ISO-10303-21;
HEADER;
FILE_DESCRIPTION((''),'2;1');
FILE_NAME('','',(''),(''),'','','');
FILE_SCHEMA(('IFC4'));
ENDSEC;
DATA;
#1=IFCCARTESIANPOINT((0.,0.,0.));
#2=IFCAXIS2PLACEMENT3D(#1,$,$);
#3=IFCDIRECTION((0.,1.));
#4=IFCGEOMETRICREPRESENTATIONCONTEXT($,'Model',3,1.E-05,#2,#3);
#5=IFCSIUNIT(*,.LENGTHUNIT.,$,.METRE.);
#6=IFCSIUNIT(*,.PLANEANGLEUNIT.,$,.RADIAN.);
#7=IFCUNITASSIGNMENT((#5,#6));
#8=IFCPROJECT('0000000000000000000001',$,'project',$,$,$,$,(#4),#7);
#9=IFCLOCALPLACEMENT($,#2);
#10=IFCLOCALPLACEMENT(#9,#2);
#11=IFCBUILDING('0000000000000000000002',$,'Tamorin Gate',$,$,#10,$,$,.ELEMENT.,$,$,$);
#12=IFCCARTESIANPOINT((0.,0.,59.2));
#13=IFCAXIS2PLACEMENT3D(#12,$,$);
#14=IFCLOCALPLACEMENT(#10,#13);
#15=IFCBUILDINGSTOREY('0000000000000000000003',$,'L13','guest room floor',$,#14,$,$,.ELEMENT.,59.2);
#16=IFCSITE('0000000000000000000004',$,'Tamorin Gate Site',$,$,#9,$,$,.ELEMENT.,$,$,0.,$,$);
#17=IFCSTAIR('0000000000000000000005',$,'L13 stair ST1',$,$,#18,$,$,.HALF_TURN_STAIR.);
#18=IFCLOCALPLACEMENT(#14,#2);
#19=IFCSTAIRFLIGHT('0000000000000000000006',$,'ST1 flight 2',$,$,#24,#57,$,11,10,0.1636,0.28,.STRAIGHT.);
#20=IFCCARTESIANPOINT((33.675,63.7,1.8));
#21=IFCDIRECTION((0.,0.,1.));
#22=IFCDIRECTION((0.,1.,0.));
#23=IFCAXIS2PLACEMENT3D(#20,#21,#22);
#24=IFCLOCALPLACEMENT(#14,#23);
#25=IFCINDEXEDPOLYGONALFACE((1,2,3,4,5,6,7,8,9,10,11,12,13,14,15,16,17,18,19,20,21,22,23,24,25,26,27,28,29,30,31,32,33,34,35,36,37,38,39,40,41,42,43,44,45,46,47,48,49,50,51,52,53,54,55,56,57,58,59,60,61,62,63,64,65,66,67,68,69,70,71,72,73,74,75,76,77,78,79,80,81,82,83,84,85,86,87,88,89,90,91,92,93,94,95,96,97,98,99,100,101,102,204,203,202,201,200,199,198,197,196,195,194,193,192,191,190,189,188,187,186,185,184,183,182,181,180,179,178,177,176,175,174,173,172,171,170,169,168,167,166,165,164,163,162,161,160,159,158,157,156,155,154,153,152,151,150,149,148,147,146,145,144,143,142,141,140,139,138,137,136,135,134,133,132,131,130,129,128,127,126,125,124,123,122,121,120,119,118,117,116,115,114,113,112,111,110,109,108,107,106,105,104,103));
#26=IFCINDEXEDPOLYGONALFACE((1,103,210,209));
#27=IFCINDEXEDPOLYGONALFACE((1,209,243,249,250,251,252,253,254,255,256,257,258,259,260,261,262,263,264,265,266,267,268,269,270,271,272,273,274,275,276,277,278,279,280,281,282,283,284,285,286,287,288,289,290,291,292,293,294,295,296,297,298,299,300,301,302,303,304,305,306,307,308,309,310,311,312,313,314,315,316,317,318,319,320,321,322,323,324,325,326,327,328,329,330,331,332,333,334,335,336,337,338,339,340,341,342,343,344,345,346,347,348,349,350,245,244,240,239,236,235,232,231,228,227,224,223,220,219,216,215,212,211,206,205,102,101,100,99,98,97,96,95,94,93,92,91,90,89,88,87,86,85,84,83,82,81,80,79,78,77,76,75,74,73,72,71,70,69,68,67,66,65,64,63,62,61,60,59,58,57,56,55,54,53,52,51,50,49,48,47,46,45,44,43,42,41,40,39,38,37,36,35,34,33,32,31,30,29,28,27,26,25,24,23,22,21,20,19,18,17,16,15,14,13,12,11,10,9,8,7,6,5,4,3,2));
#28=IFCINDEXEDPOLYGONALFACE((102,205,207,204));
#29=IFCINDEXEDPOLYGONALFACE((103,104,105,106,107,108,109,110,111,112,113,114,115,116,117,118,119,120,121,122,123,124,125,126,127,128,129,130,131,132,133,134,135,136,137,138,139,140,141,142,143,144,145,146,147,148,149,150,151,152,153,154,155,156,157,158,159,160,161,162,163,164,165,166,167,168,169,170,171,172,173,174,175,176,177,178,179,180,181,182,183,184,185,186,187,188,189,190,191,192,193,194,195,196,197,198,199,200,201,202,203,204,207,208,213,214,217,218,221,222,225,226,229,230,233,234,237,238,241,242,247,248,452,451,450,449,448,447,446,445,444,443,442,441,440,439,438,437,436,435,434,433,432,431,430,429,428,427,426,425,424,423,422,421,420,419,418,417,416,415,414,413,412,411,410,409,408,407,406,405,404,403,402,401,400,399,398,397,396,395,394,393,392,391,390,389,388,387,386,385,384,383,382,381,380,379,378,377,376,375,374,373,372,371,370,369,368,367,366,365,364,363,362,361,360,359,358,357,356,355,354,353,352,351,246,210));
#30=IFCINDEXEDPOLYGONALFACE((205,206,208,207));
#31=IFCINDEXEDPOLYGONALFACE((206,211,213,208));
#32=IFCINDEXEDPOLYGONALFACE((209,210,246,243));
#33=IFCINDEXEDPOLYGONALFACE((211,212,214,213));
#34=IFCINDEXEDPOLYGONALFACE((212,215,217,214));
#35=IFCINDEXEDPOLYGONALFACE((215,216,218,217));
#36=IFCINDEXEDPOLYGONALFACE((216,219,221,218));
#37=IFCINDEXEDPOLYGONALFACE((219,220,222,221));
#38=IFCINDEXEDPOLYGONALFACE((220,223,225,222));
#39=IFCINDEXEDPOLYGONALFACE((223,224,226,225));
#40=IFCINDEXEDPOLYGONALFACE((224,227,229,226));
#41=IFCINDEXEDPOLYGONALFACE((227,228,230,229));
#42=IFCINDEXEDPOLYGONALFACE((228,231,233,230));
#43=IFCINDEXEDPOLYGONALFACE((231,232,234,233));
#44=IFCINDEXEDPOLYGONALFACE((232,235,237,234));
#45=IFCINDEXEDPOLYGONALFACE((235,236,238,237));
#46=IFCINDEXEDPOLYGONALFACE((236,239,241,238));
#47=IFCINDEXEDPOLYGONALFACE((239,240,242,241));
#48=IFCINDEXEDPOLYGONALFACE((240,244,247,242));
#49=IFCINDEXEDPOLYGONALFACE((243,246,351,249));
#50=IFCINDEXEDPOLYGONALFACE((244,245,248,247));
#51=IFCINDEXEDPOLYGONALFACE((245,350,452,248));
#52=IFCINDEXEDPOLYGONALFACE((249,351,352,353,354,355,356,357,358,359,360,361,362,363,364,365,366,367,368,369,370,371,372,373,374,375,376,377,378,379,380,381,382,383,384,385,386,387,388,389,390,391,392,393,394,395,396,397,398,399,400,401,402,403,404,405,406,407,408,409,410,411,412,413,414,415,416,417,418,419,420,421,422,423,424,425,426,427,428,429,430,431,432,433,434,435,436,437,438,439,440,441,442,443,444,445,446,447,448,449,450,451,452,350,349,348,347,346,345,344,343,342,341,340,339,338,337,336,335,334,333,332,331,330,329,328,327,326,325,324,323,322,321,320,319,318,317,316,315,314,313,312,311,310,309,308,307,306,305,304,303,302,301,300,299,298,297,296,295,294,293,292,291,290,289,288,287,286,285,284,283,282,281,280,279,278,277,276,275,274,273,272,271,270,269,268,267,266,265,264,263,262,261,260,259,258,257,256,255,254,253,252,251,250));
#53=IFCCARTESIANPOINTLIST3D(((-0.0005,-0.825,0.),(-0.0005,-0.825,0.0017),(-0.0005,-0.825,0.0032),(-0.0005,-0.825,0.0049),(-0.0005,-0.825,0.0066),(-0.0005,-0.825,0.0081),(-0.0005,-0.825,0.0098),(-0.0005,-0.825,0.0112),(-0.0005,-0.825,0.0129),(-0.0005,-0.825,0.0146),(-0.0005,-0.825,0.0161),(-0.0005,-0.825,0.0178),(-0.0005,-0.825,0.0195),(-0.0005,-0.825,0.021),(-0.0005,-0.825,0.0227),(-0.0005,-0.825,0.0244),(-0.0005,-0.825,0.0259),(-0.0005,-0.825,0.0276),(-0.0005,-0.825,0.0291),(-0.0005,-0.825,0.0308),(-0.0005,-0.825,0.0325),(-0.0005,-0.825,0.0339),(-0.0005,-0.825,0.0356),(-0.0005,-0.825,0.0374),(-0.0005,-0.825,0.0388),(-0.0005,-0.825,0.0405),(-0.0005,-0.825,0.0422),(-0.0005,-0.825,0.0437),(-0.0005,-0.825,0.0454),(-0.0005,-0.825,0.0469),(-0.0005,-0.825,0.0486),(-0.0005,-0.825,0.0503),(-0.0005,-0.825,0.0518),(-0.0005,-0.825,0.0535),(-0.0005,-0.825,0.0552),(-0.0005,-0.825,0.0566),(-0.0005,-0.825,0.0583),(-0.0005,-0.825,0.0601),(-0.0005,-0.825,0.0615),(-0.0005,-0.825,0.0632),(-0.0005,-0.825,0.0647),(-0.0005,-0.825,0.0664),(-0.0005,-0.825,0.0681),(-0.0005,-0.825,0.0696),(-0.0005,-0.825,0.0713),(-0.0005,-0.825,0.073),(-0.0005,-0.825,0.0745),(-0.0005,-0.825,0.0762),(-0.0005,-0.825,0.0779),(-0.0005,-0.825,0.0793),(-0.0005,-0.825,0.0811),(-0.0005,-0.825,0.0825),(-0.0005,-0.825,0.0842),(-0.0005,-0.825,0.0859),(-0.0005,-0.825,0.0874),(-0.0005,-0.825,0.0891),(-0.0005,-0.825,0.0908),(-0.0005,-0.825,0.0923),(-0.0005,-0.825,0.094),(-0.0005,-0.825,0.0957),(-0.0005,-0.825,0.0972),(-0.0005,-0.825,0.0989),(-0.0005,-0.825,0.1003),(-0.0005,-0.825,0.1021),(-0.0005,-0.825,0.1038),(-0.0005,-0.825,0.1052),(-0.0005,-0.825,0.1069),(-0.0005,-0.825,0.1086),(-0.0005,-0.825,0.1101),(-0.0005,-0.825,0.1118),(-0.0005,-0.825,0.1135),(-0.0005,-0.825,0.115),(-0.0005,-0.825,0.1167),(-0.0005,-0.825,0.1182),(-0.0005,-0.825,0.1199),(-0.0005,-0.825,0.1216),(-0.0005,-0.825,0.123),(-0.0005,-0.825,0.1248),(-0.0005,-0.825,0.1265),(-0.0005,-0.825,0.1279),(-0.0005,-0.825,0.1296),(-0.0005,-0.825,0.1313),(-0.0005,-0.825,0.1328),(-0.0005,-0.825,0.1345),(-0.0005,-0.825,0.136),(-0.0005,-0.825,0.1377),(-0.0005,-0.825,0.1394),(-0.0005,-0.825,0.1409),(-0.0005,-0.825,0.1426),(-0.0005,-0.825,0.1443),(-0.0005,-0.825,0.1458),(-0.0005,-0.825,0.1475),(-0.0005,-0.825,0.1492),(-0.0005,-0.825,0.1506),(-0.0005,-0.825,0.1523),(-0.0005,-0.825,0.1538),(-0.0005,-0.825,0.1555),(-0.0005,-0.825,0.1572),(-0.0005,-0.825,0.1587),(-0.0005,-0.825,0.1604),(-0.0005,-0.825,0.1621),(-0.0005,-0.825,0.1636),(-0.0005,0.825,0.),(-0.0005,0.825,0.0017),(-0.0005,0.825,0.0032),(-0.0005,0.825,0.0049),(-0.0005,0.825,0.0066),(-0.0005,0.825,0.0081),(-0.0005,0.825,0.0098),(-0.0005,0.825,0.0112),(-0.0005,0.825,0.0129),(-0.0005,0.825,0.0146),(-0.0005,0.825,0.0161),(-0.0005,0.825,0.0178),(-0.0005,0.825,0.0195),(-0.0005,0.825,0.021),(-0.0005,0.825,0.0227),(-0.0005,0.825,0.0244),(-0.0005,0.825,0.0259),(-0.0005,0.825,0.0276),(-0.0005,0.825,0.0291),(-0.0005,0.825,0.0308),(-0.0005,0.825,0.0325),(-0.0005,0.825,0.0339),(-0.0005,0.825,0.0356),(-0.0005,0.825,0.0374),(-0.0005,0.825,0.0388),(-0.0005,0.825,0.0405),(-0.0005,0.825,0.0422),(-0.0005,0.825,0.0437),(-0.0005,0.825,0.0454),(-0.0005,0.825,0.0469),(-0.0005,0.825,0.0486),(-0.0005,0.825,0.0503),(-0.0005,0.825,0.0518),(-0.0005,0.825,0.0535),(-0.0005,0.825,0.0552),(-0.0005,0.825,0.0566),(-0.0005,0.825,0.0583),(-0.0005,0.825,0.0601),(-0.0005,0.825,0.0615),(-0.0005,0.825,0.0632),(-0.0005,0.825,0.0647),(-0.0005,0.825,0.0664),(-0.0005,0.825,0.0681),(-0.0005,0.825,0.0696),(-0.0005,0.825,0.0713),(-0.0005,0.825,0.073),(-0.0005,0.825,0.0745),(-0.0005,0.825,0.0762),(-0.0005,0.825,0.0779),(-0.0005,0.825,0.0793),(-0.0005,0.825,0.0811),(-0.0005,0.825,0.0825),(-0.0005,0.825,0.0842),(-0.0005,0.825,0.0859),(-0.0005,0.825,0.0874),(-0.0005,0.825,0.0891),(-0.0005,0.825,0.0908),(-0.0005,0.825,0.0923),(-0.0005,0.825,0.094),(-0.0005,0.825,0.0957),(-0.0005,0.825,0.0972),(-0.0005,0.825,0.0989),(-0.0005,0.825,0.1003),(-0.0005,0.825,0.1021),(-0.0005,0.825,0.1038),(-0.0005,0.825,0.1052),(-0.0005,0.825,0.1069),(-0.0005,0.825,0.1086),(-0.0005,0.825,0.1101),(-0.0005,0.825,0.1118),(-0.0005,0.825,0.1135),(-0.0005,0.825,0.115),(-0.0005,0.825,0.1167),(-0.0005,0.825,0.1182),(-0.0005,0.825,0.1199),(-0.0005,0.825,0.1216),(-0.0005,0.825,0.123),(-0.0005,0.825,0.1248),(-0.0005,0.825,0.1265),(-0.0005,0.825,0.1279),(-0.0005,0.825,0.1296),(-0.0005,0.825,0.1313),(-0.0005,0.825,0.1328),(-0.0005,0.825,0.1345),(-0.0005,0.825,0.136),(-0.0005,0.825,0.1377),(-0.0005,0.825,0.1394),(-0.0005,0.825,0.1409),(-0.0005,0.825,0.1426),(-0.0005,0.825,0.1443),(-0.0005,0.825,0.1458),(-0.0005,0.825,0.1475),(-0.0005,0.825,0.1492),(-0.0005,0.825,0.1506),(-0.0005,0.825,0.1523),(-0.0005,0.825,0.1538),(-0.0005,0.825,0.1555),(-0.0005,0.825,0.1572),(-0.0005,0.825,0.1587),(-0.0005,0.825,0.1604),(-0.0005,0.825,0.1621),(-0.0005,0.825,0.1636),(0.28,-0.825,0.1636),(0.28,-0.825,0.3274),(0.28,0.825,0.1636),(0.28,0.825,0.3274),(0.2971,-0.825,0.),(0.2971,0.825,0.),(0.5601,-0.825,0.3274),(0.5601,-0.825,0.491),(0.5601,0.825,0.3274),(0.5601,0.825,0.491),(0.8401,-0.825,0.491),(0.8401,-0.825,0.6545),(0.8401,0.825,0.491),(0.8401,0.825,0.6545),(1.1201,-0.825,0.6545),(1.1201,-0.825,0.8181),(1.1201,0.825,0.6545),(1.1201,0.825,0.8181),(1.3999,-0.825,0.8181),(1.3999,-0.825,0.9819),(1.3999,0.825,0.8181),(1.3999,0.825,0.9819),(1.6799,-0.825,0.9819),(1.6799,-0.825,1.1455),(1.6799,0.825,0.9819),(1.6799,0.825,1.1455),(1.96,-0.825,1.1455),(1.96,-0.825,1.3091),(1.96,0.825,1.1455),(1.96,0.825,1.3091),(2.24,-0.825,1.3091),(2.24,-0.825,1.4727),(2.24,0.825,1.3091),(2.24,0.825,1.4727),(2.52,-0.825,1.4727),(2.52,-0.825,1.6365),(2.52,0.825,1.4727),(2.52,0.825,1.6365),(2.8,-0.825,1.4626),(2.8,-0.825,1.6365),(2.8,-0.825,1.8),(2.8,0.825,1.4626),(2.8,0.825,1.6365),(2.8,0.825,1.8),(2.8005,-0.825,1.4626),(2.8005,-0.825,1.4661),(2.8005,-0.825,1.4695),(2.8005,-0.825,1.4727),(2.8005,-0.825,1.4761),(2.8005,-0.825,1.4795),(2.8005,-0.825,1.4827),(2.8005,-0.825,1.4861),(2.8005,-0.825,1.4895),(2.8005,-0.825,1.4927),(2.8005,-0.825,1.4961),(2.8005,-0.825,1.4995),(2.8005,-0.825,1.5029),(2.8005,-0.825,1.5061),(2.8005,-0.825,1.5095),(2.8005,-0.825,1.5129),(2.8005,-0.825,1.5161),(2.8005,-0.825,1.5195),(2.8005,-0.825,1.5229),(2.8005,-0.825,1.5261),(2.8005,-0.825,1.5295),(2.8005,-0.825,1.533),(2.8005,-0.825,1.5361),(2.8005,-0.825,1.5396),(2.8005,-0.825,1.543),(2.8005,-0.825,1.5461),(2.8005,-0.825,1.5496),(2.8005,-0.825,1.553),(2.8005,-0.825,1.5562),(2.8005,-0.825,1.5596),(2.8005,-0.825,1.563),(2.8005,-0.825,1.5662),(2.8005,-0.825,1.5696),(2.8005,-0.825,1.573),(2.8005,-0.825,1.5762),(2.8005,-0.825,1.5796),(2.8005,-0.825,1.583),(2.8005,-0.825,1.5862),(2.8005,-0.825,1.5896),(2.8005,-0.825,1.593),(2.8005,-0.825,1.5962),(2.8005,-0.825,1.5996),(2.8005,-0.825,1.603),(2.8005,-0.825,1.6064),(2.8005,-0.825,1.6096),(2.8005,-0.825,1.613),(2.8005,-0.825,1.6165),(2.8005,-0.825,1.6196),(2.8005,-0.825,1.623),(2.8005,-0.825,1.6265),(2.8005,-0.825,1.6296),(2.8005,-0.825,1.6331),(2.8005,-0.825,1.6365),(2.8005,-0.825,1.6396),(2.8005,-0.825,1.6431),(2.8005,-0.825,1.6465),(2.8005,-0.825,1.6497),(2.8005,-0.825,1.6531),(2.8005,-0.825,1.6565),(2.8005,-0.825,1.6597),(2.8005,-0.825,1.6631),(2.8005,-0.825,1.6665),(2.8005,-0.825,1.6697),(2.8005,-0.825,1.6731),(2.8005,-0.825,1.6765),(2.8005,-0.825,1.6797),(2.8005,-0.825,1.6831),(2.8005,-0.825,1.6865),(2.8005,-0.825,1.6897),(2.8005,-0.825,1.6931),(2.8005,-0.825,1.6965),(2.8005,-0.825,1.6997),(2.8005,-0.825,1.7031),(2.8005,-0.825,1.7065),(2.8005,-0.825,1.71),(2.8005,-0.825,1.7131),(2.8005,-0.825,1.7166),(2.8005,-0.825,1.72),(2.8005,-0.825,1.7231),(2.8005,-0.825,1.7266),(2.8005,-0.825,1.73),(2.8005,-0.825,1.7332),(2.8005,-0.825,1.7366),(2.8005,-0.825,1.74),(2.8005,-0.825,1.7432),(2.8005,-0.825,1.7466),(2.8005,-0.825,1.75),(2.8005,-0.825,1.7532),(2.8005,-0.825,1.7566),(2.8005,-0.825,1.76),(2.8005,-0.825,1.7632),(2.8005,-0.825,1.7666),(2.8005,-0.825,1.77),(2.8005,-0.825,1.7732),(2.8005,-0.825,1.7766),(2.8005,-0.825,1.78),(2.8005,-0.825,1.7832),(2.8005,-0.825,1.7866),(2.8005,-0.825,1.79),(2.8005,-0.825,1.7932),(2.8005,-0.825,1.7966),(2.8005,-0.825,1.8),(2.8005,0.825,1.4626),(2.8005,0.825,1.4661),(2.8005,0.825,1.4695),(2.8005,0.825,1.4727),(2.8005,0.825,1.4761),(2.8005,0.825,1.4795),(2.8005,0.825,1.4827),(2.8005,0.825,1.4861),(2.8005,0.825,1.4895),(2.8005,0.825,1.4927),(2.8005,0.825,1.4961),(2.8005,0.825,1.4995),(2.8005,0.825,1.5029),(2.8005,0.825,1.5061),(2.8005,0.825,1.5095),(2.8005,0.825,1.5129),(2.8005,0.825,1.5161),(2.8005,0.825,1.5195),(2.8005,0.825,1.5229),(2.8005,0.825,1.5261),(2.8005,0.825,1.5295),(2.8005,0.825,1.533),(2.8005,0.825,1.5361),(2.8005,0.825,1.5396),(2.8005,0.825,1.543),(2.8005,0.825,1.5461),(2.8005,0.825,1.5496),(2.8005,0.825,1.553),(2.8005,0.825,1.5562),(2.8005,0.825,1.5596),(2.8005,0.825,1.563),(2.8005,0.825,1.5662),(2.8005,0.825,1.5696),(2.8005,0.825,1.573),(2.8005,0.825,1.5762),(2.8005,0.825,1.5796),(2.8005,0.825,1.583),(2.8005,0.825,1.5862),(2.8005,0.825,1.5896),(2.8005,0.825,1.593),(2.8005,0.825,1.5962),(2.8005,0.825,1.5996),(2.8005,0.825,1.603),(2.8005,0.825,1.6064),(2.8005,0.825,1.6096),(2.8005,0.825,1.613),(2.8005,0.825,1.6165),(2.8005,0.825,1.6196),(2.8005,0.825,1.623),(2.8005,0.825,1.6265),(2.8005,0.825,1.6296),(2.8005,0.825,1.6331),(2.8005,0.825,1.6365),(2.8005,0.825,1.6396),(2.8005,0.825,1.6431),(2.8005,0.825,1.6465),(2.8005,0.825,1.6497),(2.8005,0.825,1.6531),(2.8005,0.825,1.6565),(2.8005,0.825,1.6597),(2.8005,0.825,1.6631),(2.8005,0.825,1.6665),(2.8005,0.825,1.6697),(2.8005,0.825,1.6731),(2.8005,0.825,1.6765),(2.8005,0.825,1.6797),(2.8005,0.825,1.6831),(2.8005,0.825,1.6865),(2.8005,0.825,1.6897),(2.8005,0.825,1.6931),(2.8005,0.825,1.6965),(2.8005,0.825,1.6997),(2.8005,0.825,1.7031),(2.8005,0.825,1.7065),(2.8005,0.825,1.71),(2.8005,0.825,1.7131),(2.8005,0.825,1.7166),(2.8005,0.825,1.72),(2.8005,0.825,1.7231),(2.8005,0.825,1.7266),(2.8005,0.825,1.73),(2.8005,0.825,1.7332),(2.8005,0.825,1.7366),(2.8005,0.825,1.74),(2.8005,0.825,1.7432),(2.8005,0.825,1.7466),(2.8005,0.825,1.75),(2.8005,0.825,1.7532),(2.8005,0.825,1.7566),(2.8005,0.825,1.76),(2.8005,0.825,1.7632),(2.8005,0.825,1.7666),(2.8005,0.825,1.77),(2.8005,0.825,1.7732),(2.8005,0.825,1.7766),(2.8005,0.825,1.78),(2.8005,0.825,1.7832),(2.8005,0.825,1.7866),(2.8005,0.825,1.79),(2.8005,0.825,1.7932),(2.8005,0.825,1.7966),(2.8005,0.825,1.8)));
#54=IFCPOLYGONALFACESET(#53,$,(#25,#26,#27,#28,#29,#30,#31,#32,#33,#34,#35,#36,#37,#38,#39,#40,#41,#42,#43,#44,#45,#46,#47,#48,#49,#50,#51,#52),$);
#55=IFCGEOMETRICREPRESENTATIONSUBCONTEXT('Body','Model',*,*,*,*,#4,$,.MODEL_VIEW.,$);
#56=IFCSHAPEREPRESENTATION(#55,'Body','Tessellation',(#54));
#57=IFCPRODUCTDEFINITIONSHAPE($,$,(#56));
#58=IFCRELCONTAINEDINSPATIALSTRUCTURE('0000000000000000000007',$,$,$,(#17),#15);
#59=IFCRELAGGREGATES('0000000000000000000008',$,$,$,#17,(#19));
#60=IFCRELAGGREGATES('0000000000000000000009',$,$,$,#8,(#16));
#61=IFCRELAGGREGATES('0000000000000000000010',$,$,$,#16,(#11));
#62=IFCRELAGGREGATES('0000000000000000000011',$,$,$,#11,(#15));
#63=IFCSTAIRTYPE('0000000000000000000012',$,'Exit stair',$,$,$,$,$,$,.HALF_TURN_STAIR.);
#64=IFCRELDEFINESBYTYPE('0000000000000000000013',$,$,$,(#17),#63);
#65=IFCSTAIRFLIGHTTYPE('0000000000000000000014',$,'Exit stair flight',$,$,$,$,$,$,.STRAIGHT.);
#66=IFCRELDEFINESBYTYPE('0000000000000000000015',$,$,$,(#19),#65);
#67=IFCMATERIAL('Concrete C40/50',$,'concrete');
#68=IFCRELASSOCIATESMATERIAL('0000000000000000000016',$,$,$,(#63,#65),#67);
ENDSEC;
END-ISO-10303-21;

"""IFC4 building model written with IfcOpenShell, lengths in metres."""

from ifc_helpers import new_model, si_unit, direction, frame, origin, place, context, subcontext, project, spatial, polyline, outline, extrude, material, type_object, element, aggregate, save


model = new_model("IFC4")

# Units and contexts
model_context = context("Model", 3, precision=1e-05, world=origin(), true_north=direction((0.0, 1.0)))
body_context = subcontext(model_context, "Body", "Model", "MODEL_VIEW")
ifc_project = project(units=[si_unit("LENGTHUNIT", "METRE"), si_unit("PLANEANGLEUNIT", "RADIAN")], contexts=[model_context])

# Site, building, storey
site_placement = place(None, origin())
site = spatial("IfcSite", under=ifc_project, at=site_placement, Name="Tamorin Gate Site", CompositionType="ELEMENT", RefElevation=0.0)
building_placement = place(site_placement, origin())
building = spatial("IfcBuilding", under=site, at=building_placement, Name="Tamorin Gate", CompositionType="ELEMENT")
storey_placement = place(building_placement, frame((0.0, 0.0, 59.2)))
storey = spatial("IfcBuildingStorey", under=building, at=storey_placement, Name="L13", Description="guest room floor", CompositionType="ELEMENT", Elevation=59.2)

# Shared definitions
ifc_material_1 = material(Name="Concrete C40/50", Category="concrete")

# Stair, stair flight
stair_type = type_object("IfcStairType", Name="Exit stair", PredefinedType="HALF_TURN_STAIR", material=ifc_material_1)
stair_placement = place(storey_placement, origin())
stair = element("IfcStair", 1, at=stair_placement, inside=storey, type_object=stair_type, Name="L13 stair ST1", PredefinedType="HALF_TURN_STAIR")
stair_flight_type = type_object("IfcStairFlightType", Name="Exit stair flight", PredefinedType="STRAIGHT", material=ifc_material_1)
stair_flight_1_placement = place(storey_placement, frame((33.675, 63.7, 1.8), z_axis=(0.0, 0.0, 1.0), x_axis=(0.0, 1.0, 0.0)))
stair_flight_1 = element("IfcStairFlight", 2, at=stair_flight_1_placement, type_object=stair_flight_type, Name="ST1 flight 2", NumberOfRisers=11, NumberOfTreads=10, PredefinedType="STRAIGHT", RiserHeight=0.1636, TreadLength=0.28, context=body_context, shape_type="SweptSolid", body=[
    extrude(outline(polyline([(-0.0005, 0.0), (-0.0005, 0.0017), (-0.0005, 0.0032), (-0.0005, 0.0049), (-0.0005, 0.0066), (-0.0005, 0.0081), (-0.0005, 0.0098), (-0.0005, 0.0112), (-0.0005, 0.0129), (-0.0005, 0.0146), (-0.0005, 0.0161), (-0.0005, 0.0178), (-0.0005, 0.0195), (-0.0005, 0.021), (-0.0005, 0.0227), (-0.0005, 0.0244), (-0.0005, 0.0259), (-0.0005, 0.0276), (-0.0005, 0.0291), (-0.0005, 0.0308), (-0.0005, 0.0325), (-0.0005, 0.0339), (-0.0005, 0.0356), (-0.0005, 0.0374), (-0.0005, 0.0388), (-0.0005, 0.0405), (-0.0005, 0.0422), (-0.0005, 0.0437), (-0.0005, 0.0454), (-0.0005, 0.0469), (-0.0005, 0.0486), (-0.0005, 0.0503), (-0.0005, 0.0518), (-0.0005, 0.0535), (-0.0005, 0.0552), (-0.0005, 0.0566), (-0.0005, 0.0583), (-0.0005, 0.0601), (-0.0005, 0.0615), (-0.0005, 0.0632), (-0.0005, 0.0647), (-0.0005, 0.0664), (-0.0005, 0.0681), (-0.0005, 0.0696), (-0.0005, 0.0713), (-0.0005, 0.073), (-0.0005, 0.0745), (-0.0005, 0.0762), (-0.0005, 0.0779), (-0.0005, 0.0793), (-0.0005, 0.0811), (-0.0005, 0.0825), (-0.0005, 0.0842), (-0.0005, 0.0859), (-0.0005, 0.0874), (-0.0005, 0.0891), (-0.0005, 0.0908), (-0.0005, 0.0923), (-0.0005, 0.094), (-0.0005, 0.0957), (-0.0005, 0.0972), (-0.0005, 0.0989), (-0.0005, 0.1003), (-0.0005, 0.1021), (-0.0005, 0.1038), (-0.0005, 0.1052), (-0.0005, 0.1069), (-0.0005, 0.1086), (-0.0005, 0.1101), (-0.0005, 0.1118), (-0.0005, 0.1135), (-0.0005, 0.115), (-0.0005, 0.1167), (-0.0005, 0.1182), (-0.0005, 0.1199), (-0.0005, 0.1216), (-0.0005, 0.123), (-0.0005, 0.1248), (-0.0005, 0.1265), (-0.0005, 0.1279), (-0.0005, 0.1296), (-0.0005, 0.1313), (-0.0005, 0.1328), (-0.0005, 0.1345), (-0.0005, 0.136), (-0.0005, 0.1377), (-0.0005, 0.1394), (-0.0005, 0.1409), (-0.0005, 0.1426), (-0.0005, 0.1443), (-0.0005, 0.1458), (-0.0005, 0.1475), (-0.0005, 0.1492), (-0.0005, 0.1506), (-0.0005, 0.1523), (-0.0005, 0.1538), (-0.0005, 0.1555), (-0.0005, 0.1572), (-0.0005, 0.1587), (-0.0005, 0.1604), (-0.0005, 0.1621), (-0.0005, 0.1636), (0.28, 0.1636), (0.28, 0.3274), (0.5601, 0.3274), (0.5601, 0.491), (0.8401, 0.491), (0.8401, 0.6545), (1.1201, 0.6545), (1.1201, 0.8181), (1.3999, 0.8181), (1.3999, 0.9819), (1.6799, 0.9819), (1.6799, 1.1455), (1.96, 1.1455), (1.96, 1.3091), (2.24, 1.3091), (2.24, 1.4727), (2.52, 1.4727), (2.52, 1.6365), (2.8, 1.6365), (2.8, 1.8), (2.8005, 1.8), (2.8005, 1.7966), (2.8005, 1.7932), (2.8005, 1.79), (2.8005, 1.7866), (2.8005, 1.7832), (2.8005, 1.78), (2.8005, 1.7766), (2.8005, 1.7732), (2.8005, 1.77), (2.8005, 1.7666), (2.8005, 1.7632), (2.8005, 1.76), (2.8005, 1.7566), (2.8005, 1.7532), (2.8005, 1.75), (2.8005, 1.7466), (2.8005, 1.7432), (2.8005, 1.74), (2.8005, 1.7366), (2.8005, 1.7332), (2.8005, 1.73), (2.8005, 1.7266), (2.8005, 1.7231), (2.8005, 1.72), (2.8005, 1.7166), (2.8005, 1.7131), (2.8005, 1.71), (2.8005, 1.7065), (2.8005, 1.7031), (2.8005, 1.6997), (2.8005, 1.6965), (2.8005, 1.6931), (2.8005, 1.6897), (2.8005, 1.6865), (2.8005, 1.6831), (2.8005, 1.6797), (2.8005, 1.6765), (2.8005, 1.6731), (2.8005, 1.6697), (2.8005, 1.6665), (2.8005, 1.6631), (2.8005, 1.6597), (2.8005, 1.6565), (2.8005, 1.6531), (2.8005, 1.6497), (2.8005, 1.6465), (2.8005, 1.6431), (2.8005, 1.6396), (2.8005, 1.6365), (2.8005, 1.6331), (2.8005, 1.6296), (2.8005, 1.6265), (2.8005, 1.623), (2.8005, 1.6196), (2.8005, 1.6165), (2.8005, 1.613), (2.8005, 1.6096), (2.8005, 1.6064), (2.8005, 1.603), (2.8005, 1.5996), (2.8005, 1.5962), (2.8005, 1.593), (2.8005, 1.5896), (2.8005, 1.5862), (2.8005, 1.583), (2.8005, 1.5796), (2.8005, 1.5762), (2.8005, 1.573), (2.8005, 1.5696), (2.8005, 1.5662), (2.8005, 1.563), (2.8005, 1.5596), (2.8005, 1.5562), (2.8005, 1.553), (2.8005, 1.5496), (2.8005, 1.5461), (2.8005, 1.543), (2.8005, 1.5396), (2.8005, 1.5361), (2.8005, 1.533), (2.8005, 1.5295), (2.8005, 1.5261), (2.8005, 1.5229), (2.8005, 1.5195), (2.8005, 1.5161), (2.8005, 1.5129), (2.8005, 1.5095), (2.8005, 1.5061), (2.8005, 1.5029), (2.8005, 1.4995), (2.8005, 1.4961), (2.8005, 1.4927), (2.8005, 1.4895), (2.8005, 1.4861), (2.8005, 1.4827), (2.8005, 1.4795), (2.8005, 1.4761), (2.8005, 1.4727), (2.8005, 1.4695), (2.8005, 1.4661), (2.8005, 1.4626), (2.8, 1.4626), (0.2971, 0.0), (-0.0005, 0.0)])), frame((0.0, 0.825, 0.0), z_axis=(0.0, -1.0, 0.0), x_axis=(1.0, 0.0, 0.0)), (0.0, 0.0, 1.0), 1.6499),
])
aggregate(stair, [stair_flight_1])

save(model, "model.ifc")
